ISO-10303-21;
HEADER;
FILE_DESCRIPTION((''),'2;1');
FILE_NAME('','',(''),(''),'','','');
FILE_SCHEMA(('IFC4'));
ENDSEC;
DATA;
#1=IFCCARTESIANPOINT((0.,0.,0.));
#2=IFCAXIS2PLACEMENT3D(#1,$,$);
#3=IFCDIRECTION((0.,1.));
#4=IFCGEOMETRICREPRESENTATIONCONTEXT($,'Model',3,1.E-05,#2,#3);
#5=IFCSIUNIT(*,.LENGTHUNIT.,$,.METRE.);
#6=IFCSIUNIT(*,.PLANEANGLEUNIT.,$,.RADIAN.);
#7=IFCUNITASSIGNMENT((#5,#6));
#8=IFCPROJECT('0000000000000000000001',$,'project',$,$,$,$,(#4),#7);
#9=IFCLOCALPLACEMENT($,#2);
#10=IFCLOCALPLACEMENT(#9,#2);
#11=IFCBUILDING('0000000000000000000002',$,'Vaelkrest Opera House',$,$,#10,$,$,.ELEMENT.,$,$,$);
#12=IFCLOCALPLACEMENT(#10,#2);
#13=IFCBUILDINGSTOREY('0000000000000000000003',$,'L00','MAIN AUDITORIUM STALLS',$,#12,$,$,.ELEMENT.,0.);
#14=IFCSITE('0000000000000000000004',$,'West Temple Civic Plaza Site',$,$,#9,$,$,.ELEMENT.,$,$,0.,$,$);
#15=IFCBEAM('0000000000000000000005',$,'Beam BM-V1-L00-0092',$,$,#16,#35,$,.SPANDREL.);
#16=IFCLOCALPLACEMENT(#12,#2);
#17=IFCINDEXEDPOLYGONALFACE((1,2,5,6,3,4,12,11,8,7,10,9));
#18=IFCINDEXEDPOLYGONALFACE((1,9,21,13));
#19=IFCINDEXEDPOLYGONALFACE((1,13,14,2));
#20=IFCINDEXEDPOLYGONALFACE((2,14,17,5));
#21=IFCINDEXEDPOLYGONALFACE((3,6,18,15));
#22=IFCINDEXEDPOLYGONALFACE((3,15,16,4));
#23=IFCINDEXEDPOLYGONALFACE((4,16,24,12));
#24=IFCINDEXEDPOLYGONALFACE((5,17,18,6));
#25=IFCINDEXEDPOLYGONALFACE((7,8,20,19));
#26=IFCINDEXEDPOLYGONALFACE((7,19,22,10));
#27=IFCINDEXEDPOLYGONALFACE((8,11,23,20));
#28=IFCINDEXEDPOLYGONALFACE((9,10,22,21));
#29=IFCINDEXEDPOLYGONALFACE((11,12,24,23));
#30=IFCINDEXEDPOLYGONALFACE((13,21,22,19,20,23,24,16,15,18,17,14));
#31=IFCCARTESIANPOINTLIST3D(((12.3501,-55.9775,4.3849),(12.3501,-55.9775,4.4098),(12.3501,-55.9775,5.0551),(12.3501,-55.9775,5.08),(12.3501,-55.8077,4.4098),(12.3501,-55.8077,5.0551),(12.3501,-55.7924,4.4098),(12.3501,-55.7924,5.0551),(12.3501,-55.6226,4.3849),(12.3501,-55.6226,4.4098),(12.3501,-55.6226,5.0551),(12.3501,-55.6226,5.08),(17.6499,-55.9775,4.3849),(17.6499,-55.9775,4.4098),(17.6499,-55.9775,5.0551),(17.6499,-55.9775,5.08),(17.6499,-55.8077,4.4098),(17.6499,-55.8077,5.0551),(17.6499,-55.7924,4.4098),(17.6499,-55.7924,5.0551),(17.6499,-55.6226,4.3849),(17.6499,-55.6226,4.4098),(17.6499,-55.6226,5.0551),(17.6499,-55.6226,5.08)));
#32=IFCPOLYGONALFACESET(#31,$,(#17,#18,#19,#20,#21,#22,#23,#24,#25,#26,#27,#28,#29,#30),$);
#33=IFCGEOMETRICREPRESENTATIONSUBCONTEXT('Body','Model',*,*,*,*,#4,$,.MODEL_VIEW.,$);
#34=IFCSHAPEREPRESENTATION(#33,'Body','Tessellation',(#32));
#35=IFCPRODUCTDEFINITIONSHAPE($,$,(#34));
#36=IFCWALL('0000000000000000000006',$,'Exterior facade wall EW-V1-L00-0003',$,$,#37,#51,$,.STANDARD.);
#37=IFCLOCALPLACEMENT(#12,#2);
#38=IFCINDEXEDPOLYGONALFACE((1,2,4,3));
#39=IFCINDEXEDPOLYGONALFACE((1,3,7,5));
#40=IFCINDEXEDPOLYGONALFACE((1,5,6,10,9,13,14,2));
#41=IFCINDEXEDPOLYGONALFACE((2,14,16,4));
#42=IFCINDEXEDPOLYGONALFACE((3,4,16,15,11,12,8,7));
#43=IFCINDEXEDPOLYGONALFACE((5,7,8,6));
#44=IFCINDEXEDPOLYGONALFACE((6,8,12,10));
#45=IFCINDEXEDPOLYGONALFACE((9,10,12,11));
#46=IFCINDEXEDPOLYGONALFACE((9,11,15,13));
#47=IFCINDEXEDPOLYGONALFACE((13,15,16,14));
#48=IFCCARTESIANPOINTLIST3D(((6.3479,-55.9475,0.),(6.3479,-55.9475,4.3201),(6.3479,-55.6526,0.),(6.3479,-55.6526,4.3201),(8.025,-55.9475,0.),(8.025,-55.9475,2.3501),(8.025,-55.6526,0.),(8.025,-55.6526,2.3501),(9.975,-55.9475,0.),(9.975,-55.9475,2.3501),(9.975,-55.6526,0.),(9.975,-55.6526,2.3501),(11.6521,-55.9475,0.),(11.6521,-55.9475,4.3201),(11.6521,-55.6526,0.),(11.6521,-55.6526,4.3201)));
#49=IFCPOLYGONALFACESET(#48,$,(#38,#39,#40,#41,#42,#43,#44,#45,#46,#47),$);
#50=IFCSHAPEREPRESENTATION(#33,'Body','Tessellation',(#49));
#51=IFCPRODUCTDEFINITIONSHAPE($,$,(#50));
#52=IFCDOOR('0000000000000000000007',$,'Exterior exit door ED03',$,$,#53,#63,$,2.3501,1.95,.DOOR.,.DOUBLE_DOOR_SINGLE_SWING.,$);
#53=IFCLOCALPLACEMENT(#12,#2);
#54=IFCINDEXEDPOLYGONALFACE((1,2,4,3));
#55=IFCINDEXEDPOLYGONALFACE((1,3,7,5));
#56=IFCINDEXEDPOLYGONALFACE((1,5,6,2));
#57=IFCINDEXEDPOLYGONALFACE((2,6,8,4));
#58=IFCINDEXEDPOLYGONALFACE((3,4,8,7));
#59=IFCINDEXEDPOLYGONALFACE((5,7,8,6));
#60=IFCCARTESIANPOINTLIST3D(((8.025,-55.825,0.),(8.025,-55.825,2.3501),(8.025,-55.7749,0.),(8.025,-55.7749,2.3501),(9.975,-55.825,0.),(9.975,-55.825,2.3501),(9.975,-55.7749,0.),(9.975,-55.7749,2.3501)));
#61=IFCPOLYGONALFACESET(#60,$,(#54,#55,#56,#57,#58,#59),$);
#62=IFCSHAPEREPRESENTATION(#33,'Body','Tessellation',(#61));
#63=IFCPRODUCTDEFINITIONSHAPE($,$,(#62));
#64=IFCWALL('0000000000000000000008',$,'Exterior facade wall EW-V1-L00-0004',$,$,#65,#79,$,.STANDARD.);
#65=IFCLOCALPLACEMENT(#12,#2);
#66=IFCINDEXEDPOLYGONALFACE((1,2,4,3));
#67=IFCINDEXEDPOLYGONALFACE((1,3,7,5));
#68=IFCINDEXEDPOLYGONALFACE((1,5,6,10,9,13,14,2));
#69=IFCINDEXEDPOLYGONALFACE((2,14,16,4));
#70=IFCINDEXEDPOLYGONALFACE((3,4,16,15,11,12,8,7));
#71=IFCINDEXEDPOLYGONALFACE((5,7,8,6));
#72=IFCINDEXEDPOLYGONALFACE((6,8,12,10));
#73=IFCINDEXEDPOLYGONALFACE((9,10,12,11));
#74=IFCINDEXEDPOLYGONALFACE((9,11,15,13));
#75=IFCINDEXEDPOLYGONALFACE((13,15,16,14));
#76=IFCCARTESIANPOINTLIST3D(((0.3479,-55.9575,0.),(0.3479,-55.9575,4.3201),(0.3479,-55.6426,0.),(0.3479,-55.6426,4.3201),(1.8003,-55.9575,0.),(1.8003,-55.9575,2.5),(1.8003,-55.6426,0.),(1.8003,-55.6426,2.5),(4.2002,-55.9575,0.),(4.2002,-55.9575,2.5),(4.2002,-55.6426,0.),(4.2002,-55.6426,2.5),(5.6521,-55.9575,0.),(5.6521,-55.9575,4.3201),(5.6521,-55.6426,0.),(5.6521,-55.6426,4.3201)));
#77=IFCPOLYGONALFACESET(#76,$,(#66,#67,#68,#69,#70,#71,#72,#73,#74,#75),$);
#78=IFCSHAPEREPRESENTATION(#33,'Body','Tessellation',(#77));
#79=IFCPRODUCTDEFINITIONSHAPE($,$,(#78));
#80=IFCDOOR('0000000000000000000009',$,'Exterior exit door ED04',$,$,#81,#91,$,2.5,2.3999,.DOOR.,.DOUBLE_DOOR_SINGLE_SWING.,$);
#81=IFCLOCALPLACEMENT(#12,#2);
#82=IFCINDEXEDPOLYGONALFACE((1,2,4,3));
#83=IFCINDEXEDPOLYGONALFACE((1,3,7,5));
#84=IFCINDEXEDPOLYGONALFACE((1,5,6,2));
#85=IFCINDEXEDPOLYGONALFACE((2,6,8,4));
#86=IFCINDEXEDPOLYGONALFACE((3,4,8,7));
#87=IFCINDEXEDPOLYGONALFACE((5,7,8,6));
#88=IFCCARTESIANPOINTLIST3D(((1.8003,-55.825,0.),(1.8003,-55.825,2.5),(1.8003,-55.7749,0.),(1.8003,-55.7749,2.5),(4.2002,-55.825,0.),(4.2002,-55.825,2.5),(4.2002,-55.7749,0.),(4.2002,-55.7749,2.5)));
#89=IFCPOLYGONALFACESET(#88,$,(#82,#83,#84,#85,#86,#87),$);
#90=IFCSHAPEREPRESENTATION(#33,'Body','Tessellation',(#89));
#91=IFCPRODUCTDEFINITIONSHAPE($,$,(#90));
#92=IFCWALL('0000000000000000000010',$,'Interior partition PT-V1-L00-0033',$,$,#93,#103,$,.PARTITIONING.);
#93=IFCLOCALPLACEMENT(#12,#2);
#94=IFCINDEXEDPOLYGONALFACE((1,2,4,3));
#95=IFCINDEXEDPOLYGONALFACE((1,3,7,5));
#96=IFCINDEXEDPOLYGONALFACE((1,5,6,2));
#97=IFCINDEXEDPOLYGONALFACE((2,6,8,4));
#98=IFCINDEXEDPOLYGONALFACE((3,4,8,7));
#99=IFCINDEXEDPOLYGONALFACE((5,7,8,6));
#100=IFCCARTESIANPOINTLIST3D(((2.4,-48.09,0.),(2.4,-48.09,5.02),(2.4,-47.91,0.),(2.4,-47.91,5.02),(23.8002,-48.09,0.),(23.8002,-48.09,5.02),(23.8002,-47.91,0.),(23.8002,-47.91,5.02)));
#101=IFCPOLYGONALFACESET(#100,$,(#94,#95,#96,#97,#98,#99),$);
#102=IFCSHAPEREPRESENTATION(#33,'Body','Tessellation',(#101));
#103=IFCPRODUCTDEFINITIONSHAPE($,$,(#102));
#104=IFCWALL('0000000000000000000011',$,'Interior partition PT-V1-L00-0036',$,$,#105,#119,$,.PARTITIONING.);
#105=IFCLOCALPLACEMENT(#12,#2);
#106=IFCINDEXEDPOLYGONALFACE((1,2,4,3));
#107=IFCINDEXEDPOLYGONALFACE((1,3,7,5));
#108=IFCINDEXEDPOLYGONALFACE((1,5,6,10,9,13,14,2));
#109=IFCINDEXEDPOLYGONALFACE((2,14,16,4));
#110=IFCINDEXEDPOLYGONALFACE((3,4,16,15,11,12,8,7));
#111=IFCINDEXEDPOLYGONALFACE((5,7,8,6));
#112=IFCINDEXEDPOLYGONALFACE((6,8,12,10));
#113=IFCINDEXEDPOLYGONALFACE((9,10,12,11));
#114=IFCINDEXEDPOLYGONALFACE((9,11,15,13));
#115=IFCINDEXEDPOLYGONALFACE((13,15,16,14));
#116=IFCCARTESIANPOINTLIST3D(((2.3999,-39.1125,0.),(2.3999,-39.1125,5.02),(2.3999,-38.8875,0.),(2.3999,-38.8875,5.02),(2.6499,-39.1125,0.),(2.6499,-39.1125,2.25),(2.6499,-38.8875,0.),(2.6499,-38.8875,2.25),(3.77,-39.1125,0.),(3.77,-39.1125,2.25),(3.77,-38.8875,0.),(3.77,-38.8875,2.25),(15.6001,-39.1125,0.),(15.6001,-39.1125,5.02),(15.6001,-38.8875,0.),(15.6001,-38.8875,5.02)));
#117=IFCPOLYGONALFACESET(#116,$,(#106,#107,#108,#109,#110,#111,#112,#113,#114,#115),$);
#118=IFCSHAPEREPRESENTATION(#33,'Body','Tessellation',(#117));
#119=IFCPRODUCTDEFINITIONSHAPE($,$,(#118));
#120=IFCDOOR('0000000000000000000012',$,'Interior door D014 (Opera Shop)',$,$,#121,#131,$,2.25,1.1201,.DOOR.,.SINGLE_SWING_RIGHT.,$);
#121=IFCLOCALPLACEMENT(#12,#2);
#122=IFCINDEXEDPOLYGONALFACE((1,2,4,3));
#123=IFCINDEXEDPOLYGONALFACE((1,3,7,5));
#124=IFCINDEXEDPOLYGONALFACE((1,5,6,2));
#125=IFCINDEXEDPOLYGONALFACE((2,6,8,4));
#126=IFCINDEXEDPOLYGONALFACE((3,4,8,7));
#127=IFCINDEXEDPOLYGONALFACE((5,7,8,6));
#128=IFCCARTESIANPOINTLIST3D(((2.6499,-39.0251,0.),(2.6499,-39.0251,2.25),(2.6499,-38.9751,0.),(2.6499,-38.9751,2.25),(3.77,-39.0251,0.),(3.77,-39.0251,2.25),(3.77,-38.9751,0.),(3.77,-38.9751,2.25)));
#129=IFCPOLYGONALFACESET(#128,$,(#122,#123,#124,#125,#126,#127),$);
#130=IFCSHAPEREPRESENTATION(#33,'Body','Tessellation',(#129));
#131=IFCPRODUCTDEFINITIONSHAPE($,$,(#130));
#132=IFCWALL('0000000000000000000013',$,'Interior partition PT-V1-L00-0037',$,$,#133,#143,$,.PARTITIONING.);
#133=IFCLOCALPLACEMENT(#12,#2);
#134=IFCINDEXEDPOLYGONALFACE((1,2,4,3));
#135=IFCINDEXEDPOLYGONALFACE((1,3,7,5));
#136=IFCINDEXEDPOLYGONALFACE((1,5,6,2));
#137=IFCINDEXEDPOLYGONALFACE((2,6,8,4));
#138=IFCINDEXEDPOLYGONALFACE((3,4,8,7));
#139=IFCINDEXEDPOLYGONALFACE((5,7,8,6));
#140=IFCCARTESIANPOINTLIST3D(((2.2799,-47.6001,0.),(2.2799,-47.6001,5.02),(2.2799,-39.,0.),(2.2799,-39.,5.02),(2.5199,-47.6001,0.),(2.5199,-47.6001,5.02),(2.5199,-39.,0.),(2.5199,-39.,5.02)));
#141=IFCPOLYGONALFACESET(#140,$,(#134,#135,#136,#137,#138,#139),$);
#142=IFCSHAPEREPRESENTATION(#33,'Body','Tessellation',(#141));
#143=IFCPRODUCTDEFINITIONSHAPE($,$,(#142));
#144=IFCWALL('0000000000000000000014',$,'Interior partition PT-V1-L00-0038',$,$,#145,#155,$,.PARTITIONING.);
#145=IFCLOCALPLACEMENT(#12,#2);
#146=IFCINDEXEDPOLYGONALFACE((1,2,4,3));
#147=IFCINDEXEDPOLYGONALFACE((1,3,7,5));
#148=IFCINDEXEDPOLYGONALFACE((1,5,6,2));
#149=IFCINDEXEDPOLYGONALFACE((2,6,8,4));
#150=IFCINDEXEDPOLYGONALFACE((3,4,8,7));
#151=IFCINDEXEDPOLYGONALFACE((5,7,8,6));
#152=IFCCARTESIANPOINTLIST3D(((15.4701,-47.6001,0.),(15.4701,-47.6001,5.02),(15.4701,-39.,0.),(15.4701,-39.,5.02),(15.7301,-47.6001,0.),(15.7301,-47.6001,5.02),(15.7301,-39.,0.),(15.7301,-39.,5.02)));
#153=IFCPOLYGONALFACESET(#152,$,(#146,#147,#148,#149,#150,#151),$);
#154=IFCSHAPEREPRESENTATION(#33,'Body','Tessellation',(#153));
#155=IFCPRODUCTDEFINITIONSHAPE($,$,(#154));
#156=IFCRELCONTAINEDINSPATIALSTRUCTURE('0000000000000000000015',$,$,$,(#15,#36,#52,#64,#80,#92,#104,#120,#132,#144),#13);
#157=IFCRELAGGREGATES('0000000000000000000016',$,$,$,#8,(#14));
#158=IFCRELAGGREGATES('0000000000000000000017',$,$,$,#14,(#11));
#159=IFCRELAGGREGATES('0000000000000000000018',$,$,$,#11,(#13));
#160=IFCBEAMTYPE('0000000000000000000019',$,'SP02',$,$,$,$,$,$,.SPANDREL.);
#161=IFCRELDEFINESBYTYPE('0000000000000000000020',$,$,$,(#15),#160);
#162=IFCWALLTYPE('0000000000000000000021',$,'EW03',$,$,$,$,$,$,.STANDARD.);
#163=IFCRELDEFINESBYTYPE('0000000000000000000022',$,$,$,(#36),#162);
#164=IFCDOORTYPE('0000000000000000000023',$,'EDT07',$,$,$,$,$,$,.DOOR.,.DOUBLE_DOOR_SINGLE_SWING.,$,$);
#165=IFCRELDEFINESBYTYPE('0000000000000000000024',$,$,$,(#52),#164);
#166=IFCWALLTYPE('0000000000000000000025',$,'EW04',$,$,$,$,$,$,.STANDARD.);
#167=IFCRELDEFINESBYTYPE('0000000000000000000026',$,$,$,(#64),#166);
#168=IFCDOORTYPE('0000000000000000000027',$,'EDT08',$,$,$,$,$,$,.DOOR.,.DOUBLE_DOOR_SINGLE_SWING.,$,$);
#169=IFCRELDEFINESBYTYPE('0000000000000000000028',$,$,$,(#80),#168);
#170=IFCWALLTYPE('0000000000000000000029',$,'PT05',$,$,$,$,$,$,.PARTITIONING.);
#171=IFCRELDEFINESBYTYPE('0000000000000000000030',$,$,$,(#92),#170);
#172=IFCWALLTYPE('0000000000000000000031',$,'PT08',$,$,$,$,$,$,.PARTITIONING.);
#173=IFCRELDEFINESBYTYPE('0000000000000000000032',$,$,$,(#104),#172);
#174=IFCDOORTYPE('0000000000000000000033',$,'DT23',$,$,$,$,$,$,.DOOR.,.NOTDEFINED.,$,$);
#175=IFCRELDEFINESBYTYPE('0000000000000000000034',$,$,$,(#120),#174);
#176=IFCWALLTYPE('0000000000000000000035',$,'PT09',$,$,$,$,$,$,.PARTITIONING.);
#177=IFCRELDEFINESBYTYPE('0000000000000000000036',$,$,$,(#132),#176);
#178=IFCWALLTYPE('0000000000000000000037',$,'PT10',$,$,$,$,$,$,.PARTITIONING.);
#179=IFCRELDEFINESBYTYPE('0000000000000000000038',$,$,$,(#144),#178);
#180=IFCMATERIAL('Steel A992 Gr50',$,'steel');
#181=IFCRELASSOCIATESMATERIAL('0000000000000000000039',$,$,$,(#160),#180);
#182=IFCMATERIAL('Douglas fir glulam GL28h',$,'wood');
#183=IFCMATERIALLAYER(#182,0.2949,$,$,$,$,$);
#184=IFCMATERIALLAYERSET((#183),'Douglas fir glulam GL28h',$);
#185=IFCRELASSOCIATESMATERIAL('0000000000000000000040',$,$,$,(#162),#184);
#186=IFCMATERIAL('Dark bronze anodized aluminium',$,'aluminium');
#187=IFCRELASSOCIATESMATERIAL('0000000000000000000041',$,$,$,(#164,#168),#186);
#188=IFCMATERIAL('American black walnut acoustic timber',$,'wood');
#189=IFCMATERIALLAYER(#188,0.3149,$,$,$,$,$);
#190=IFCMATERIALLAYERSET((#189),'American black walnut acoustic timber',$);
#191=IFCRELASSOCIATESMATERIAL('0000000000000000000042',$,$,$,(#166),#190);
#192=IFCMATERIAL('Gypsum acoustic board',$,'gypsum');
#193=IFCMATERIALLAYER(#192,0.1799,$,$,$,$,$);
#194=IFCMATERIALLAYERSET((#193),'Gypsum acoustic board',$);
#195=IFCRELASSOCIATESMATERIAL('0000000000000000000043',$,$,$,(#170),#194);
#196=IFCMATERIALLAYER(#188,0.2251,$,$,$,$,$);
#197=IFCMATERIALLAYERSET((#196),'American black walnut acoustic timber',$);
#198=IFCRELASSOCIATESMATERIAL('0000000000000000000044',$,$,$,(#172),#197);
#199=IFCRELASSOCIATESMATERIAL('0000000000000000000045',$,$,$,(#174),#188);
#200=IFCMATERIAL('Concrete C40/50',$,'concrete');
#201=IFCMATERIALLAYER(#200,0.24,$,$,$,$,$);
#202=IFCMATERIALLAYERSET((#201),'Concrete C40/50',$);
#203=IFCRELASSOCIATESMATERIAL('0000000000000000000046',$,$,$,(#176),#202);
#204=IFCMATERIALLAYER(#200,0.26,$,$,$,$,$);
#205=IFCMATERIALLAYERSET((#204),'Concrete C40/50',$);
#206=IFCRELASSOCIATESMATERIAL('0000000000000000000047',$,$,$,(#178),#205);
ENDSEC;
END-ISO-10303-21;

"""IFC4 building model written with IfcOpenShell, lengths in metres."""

from ifc_helpers import new_model, si_unit, direction, frame, frame_2d, origin, origin_2d, place, context, subcontext, project, spatial, rectangle, i_section, extrude, material, layer, layer_set, material_profile, profile_set, type_object, element, fill, save


model = new_model("IFC4")

# Units and contexts
model_context = context("Model", 3, precision=1e-05, world=origin(), true_north=direction((0.0, 1.0)))
body_context = subcontext(model_context, "Body", "Model", "MODEL_VIEW")
ifc_project = project(units=[si_unit("LENGTHUNIT", "METRE"), si_unit("PLANEANGLEUNIT", "RADIAN")], contexts=[model_context])

# Site, building, storey
site_placement = place(None, origin())
site = spatial("IfcSite", under=ifc_project, at=site_placement, Name="West Temple Civic Plaza Site", CompositionType="ELEMENT", RefElevation=0.0)
building_placement = place(site_placement, origin())
building = spatial("IfcBuilding", under=site, at=building_placement, Name="Vaelkrest Opera House", CompositionType="ELEMENT")
storey_placement = place(building_placement, origin())
storey = spatial("IfcBuildingStorey", under=building, at=storey_placement, Name="L00", Description="MAIN AUDITORIUM STALLS", CompositionType="ELEMENT", Elevation=0.0)

# Beam
ifc_material_1 = material(Name="Steel A992 Gr50", Category="steel")
ifc_material_profile_1 = material_profile(ifc_material_1, i_section(OverallWidth=0.355, OverallDepth=0.6951, WebThickness=0.0154, FlangeThickness=0.0249, at=origin_2d()), Name="W27X146")
ifc_profile_set_1 = profile_set([ifc_material_profile_1], Name="Steel A992 Gr50")
beam_type_1 = type_object("IfcBeamType", Name="SP02", PredefinedType="SPANDREL", material=ifc_profile_set_1)
for number, where, z_axis, x_axis, name in (
    (1, (12.3501, -55.8, 4.7324), (1.0, 0.0, 0.0), (0.0, 1.0, 0.0), "Beam BM-V1-L00-0092"),
):
    element("IfcBeam", number, at=place(storey_placement, frame(where, z_axis=z_axis, x_axis=x_axis)), inside=storey, type_object=beam_type_1, Name=name, PredefinedType="SPANDREL", context=body_context, shape_type="SweptSolid", body=[
        extrude(i_section(OverallWidth=0.355, OverallDepth=0.6951, WebThickness=0.0154, FlangeThickness=0.0249, at=origin_2d()), origin(), (0.0, 0.0, 1.0), 5.2998),
    ])

# Walls, openings, doors
ifc_material_2 = material(Name="Douglas fir glulam GL28h", Category="wood")
ifc_layer_1 = layer(ifc_material_2, 0.2949)
ifc_layer_set_1 = layer_set([ifc_layer_1], Name="Douglas fir glulam GL28h")
wall_type_1 = type_object("IfcWallType", Name="EW03", PredefinedType="STANDARD", material=ifc_layer_set_1)
wall_1_placement = place(storey_placement, frame((11.6521, -55.8, 0.0), z_axis=(0.0, 0.0, 1.0), x_axis=(-1.0, 0.0, 0.0)))
wall_1 = element("IfcWall", 2, at=wall_1_placement, inside=storey, type_object=wall_type_1, Name="Exterior facade wall EW-V1-L00-0003", PredefinedType="STANDARD", context=body_context, shape_type="SweptSolid", body=[
    extrude(rectangle(XDim=5.3042, YDim=0.2949, at=frame_2d((2.6521, 0.0))), origin(), (0.0, 0.0, 1.0), 4.3201),
])
opening_1_placement = place(wall_1_placement, frame((1.677, 0.0, 0.0)))
opening_1 = element("IfcOpeningElement", 3, at=opening_1_placement, cuts=wall_1, PredefinedType="OPENING", context=body_context, shape_type="SweptSolid", body=[
    extrude(rectangle(XDim=1.95, YDim=2.3501, at=frame_2d((0.9751, 1.175))), frame((0.0, 0.1575, 0.0), z_axis=(0.0, -1.0, 0.0), x_axis=(1.0, 0.0, 0.0)), (0.0, 0.0, 1.0), 0.3149),
])
ifc_material_3 = material(Name="Dark bronze anodized aluminium", Category="aluminium")
door_type_1 = type_object("IfcDoorType", Name="EDT07", OperationType="DOUBLE_DOOR_SINGLE_SWING", PredefinedType="DOOR", material=ifc_material_3)
door_1_placement = place(opening_1_placement, origin())
door_1 = element("IfcDoor", 4, at=door_1_placement, inside=storey, type_object=door_type_1, Name="Exterior exit door ED03", OperationType="DOUBLE_DOOR_SINGLE_SWING", OverallHeight=2.3501, OverallWidth=1.95, PredefinedType="DOOR", context=body_context, shape_type="SweptSolid", body=[
    extrude(rectangle(XDim=1.95, YDim=2.3501, at=frame_2d((0.9751, 1.175))), frame((0.0, 0.0249, 0.0), z_axis=(0.0, -1.0, 0.0), x_axis=(1.0, 0.0, 0.0)), (0.0, 0.0, 1.0), 0.05),
])
fill(opening_1, door_1)
ifc_material_4 = material(Name="American black walnut acoustic timber", Category="wood")
ifc_layer_2 = layer(ifc_material_4, 0.3149)
ifc_layer_set_2 = layer_set([ifc_layer_2], Name="American black walnut acoustic timber")
wall_type_2 = type_object("IfcWallType", Name="EW04", PredefinedType="STANDARD", material=ifc_layer_set_2)
wall_2_placement = place(storey_placement, frame((5.6521, -55.8, 0.0), z_axis=(0.0, 0.0, 1.0), x_axis=(-1.0, 0.0, 0.0)))
wall_2 = element("IfcWall", 5, at=wall_2_placement, inside=storey, type_object=wall_type_2, Name="Exterior facade wall EW-V1-L00-0004", PredefinedType="STANDARD", context=body_context, shape_type="SweptSolid", body=[
    extrude(rectangle(XDim=5.3042, YDim=0.3149, at=frame_2d((2.6521, 0.0))), origin(), (0.0, 0.0, 1.0), 4.3201),
])
opening_2_placement = place(wall_2_placement, frame((1.4519, 0.0, 0.0)))
opening_2 = element("IfcOpeningElement", 6, at=opening_2_placement, cuts=wall_2, PredefinedType="OPENING", context=body_context, shape_type="SweptSolid", body=[
    extrude(rectangle(XDim=2.3999, YDim=2.5, at=frame_2d((1.2, 1.25))), frame((0.0, 0.1675, 0.0), z_axis=(0.0, -1.0, 0.0), x_axis=(1.0, 0.0, 0.0)), (0.0, 0.0, 1.0), 0.335),
])
door_type_2 = type_object("IfcDoorType", Name="EDT08", OperationType="DOUBLE_DOOR_SINGLE_SWING", PredefinedType="DOOR", material=ifc_material_3)
door_2_placement = place(opening_2_placement, origin())
door_2 = element("IfcDoor", 7, at=door_2_placement, inside=storey, type_object=door_type_2, Name="Exterior exit door ED04", OperationType="DOUBLE_DOOR_SINGLE_SWING", OverallHeight=2.5, OverallWidth=2.3999, PredefinedType="DOOR", context=body_context, shape_type="SweptSolid", body=[
    extrude(rectangle(XDim=2.3999, YDim=2.5, at=frame_2d((1.2, 1.25))), frame((0.0, 0.0249, 0.0), z_axis=(0.0, -1.0, 0.0), x_axis=(1.0, 0.0, 0.0)), (0.0, 0.0, 1.0), 0.05),
])
fill(opening_2, door_2)

# Wall
ifc_material_5 = material(Name="Gypsum acoustic board", Category="gypsum")
ifc_layer_3 = layer(ifc_material_5, 0.1799)
ifc_layer_set_3 = layer_set([ifc_layer_3], Name="Gypsum acoustic board")
wall_type_3 = type_object("IfcWallType", Name="PT05", PredefinedType="PARTITIONING", material=ifc_layer_set_3)
wall_3_placement = place(storey_placement, frame((2.3999, -48.0, 0.0), z_axis=(0.0, 0.0, 1.0), x_axis=(1.0, 0.0, 0.0)))
element("IfcWall", 8, at=wall_3_placement, inside=storey, type_object=wall_type_3, Name="Interior partition PT-V1-L00-0033", PredefinedType="PARTITIONING", context=body_context, shape_type="SweptSolid", body=[
    extrude(rectangle(XDim=21.4001, YDim=0.1799, at=frame_2d((10.7002, 0.0))), origin(), (0.0, 0.0, 1.0), 5.02),
])

# Wall, opening, door
ifc_layer_4 = layer(ifc_material_4, 0.2251)
ifc_layer_set_4 = layer_set([ifc_layer_4], Name="American black walnut acoustic timber")
wall_type_4 = type_object("IfcWallType", Name="PT08", PredefinedType="PARTITIONING", material=ifc_layer_set_4)
wall_4_placement = place(storey_placement, frame((2.3999, -39.0, 0.0), z_axis=(0.0, 0.0, 1.0), x_axis=(1.0, 0.0, 0.0)))
wall_4 = element("IfcWall", 9, at=wall_4_placement, inside=storey, type_object=wall_type_4, Name="Interior partition PT-V1-L00-0036", PredefinedType="PARTITIONING", context=body_context, shape_type="SweptSolid", body=[
    extrude(rectangle(XDim=13.2002, YDim=0.2251, at=frame_2d((6.6001, 0.0))), origin(), (0.0, 0.0, 1.0), 5.02),
])
opening_3_placement = place(wall_4_placement, frame((0.25, 0.0, 0.0)))
opening_3 = element("IfcOpeningElement", 10, at=opening_3_placement, cuts=wall_4, PredefinedType="OPENING", context=body_context, shape_type="SweptSolid", body=[
    extrude(rectangle(XDim=1.1201, YDim=2.25, at=frame_2d((0.5601, 1.125))), frame((0.0, 0.1226, 0.0), z_axis=(0.0, -1.0, 0.0), x_axis=(1.0, 0.0, 0.0)), (0.0, 0.0, 1.0), 0.2451),
])
door_type_3 = type_object("IfcDoorType", Name="DT23", OperationType="NOTDEFINED", PredefinedType="DOOR", material=ifc_material_4)
door_3_placement = place(opening_3_placement, origin())
door_3 = element("IfcDoor", 11, at=door_3_placement, inside=storey, type_object=door_type_3, Name="Interior door D014 (Opera Shop)", OperationType="SINGLE_SWING_RIGHT", OverallHeight=2.25, OverallWidth=1.1201, PredefinedType="DOOR", context=body_context, shape_type="SweptSolid", body=[
    extrude(rectangle(XDim=1.1201, YDim=2.25, at=frame_2d((0.5601, 1.125))), frame((0.0, 0.0249, 0.0), z_axis=(0.0, -1.0, 0.0), x_axis=(1.0, 0.0, 0.0)), (0.0, 0.0, 1.0), 0.05),
])
fill(opening_3, door_3)

# Walls
ifc_material_6 = material(Name="Concrete C40/50", Category="concrete")
ifc_layer_5 = layer(ifc_material_6, 0.24)
ifc_layer_set_5 = layer_set([ifc_layer_5], Name="Concrete C40/50")
wall_type_5 = type_object("IfcWallType", Name="PT09", PredefinedType="PARTITIONING", material=ifc_layer_set_5)
wall_5_placement = place(storey_placement, frame((2.3999, -47.6001, 0.0), z_axis=(0.0, 0.0, 1.0), x_axis=(0.0, 1.0, 0.0)))
element("IfcWall", 12, at=wall_5_placement, inside=storey, type_object=wall_type_5, Name="Interior partition PT-V1-L00-0037", PredefinedType="PARTITIONING", context=body_context, shape_type="SweptSolid", body=[
    extrude(rectangle(XDim=8.6001, YDim=0.24, at=frame_2d((4.3, 0.0))), origin(), (0.0, 0.0, 1.0), 5.02),
])
ifc_layer_6 = layer(ifc_material_6, 0.26)
ifc_layer_set_6 = layer_set([ifc_layer_6], Name="Concrete C40/50")
wall_type_6 = type_object("IfcWallType", Name="PT10", PredefinedType="PARTITIONING", material=ifc_layer_set_6)
wall_6_placement = place(storey_placement, frame((15.6001, -47.6001, 0.0), z_axis=(0.0, 0.0, 1.0), x_axis=(0.0, 1.0, 0.0)))
element("IfcWall", 13, at=wall_6_placement, inside=storey, type_object=wall_type_6, Name="Interior partition PT-V1-L00-0038", PredefinedType="PARTITIONING", context=body_context, shape_type="SweptSolid", body=[
    extrude(rectangle(XDim=8.6001, YDim=0.26, at=frame_2d((4.3, 0.0))), origin(), (0.0, 0.0, 1.0), 5.02),
])

save(model, "model.ifc")
